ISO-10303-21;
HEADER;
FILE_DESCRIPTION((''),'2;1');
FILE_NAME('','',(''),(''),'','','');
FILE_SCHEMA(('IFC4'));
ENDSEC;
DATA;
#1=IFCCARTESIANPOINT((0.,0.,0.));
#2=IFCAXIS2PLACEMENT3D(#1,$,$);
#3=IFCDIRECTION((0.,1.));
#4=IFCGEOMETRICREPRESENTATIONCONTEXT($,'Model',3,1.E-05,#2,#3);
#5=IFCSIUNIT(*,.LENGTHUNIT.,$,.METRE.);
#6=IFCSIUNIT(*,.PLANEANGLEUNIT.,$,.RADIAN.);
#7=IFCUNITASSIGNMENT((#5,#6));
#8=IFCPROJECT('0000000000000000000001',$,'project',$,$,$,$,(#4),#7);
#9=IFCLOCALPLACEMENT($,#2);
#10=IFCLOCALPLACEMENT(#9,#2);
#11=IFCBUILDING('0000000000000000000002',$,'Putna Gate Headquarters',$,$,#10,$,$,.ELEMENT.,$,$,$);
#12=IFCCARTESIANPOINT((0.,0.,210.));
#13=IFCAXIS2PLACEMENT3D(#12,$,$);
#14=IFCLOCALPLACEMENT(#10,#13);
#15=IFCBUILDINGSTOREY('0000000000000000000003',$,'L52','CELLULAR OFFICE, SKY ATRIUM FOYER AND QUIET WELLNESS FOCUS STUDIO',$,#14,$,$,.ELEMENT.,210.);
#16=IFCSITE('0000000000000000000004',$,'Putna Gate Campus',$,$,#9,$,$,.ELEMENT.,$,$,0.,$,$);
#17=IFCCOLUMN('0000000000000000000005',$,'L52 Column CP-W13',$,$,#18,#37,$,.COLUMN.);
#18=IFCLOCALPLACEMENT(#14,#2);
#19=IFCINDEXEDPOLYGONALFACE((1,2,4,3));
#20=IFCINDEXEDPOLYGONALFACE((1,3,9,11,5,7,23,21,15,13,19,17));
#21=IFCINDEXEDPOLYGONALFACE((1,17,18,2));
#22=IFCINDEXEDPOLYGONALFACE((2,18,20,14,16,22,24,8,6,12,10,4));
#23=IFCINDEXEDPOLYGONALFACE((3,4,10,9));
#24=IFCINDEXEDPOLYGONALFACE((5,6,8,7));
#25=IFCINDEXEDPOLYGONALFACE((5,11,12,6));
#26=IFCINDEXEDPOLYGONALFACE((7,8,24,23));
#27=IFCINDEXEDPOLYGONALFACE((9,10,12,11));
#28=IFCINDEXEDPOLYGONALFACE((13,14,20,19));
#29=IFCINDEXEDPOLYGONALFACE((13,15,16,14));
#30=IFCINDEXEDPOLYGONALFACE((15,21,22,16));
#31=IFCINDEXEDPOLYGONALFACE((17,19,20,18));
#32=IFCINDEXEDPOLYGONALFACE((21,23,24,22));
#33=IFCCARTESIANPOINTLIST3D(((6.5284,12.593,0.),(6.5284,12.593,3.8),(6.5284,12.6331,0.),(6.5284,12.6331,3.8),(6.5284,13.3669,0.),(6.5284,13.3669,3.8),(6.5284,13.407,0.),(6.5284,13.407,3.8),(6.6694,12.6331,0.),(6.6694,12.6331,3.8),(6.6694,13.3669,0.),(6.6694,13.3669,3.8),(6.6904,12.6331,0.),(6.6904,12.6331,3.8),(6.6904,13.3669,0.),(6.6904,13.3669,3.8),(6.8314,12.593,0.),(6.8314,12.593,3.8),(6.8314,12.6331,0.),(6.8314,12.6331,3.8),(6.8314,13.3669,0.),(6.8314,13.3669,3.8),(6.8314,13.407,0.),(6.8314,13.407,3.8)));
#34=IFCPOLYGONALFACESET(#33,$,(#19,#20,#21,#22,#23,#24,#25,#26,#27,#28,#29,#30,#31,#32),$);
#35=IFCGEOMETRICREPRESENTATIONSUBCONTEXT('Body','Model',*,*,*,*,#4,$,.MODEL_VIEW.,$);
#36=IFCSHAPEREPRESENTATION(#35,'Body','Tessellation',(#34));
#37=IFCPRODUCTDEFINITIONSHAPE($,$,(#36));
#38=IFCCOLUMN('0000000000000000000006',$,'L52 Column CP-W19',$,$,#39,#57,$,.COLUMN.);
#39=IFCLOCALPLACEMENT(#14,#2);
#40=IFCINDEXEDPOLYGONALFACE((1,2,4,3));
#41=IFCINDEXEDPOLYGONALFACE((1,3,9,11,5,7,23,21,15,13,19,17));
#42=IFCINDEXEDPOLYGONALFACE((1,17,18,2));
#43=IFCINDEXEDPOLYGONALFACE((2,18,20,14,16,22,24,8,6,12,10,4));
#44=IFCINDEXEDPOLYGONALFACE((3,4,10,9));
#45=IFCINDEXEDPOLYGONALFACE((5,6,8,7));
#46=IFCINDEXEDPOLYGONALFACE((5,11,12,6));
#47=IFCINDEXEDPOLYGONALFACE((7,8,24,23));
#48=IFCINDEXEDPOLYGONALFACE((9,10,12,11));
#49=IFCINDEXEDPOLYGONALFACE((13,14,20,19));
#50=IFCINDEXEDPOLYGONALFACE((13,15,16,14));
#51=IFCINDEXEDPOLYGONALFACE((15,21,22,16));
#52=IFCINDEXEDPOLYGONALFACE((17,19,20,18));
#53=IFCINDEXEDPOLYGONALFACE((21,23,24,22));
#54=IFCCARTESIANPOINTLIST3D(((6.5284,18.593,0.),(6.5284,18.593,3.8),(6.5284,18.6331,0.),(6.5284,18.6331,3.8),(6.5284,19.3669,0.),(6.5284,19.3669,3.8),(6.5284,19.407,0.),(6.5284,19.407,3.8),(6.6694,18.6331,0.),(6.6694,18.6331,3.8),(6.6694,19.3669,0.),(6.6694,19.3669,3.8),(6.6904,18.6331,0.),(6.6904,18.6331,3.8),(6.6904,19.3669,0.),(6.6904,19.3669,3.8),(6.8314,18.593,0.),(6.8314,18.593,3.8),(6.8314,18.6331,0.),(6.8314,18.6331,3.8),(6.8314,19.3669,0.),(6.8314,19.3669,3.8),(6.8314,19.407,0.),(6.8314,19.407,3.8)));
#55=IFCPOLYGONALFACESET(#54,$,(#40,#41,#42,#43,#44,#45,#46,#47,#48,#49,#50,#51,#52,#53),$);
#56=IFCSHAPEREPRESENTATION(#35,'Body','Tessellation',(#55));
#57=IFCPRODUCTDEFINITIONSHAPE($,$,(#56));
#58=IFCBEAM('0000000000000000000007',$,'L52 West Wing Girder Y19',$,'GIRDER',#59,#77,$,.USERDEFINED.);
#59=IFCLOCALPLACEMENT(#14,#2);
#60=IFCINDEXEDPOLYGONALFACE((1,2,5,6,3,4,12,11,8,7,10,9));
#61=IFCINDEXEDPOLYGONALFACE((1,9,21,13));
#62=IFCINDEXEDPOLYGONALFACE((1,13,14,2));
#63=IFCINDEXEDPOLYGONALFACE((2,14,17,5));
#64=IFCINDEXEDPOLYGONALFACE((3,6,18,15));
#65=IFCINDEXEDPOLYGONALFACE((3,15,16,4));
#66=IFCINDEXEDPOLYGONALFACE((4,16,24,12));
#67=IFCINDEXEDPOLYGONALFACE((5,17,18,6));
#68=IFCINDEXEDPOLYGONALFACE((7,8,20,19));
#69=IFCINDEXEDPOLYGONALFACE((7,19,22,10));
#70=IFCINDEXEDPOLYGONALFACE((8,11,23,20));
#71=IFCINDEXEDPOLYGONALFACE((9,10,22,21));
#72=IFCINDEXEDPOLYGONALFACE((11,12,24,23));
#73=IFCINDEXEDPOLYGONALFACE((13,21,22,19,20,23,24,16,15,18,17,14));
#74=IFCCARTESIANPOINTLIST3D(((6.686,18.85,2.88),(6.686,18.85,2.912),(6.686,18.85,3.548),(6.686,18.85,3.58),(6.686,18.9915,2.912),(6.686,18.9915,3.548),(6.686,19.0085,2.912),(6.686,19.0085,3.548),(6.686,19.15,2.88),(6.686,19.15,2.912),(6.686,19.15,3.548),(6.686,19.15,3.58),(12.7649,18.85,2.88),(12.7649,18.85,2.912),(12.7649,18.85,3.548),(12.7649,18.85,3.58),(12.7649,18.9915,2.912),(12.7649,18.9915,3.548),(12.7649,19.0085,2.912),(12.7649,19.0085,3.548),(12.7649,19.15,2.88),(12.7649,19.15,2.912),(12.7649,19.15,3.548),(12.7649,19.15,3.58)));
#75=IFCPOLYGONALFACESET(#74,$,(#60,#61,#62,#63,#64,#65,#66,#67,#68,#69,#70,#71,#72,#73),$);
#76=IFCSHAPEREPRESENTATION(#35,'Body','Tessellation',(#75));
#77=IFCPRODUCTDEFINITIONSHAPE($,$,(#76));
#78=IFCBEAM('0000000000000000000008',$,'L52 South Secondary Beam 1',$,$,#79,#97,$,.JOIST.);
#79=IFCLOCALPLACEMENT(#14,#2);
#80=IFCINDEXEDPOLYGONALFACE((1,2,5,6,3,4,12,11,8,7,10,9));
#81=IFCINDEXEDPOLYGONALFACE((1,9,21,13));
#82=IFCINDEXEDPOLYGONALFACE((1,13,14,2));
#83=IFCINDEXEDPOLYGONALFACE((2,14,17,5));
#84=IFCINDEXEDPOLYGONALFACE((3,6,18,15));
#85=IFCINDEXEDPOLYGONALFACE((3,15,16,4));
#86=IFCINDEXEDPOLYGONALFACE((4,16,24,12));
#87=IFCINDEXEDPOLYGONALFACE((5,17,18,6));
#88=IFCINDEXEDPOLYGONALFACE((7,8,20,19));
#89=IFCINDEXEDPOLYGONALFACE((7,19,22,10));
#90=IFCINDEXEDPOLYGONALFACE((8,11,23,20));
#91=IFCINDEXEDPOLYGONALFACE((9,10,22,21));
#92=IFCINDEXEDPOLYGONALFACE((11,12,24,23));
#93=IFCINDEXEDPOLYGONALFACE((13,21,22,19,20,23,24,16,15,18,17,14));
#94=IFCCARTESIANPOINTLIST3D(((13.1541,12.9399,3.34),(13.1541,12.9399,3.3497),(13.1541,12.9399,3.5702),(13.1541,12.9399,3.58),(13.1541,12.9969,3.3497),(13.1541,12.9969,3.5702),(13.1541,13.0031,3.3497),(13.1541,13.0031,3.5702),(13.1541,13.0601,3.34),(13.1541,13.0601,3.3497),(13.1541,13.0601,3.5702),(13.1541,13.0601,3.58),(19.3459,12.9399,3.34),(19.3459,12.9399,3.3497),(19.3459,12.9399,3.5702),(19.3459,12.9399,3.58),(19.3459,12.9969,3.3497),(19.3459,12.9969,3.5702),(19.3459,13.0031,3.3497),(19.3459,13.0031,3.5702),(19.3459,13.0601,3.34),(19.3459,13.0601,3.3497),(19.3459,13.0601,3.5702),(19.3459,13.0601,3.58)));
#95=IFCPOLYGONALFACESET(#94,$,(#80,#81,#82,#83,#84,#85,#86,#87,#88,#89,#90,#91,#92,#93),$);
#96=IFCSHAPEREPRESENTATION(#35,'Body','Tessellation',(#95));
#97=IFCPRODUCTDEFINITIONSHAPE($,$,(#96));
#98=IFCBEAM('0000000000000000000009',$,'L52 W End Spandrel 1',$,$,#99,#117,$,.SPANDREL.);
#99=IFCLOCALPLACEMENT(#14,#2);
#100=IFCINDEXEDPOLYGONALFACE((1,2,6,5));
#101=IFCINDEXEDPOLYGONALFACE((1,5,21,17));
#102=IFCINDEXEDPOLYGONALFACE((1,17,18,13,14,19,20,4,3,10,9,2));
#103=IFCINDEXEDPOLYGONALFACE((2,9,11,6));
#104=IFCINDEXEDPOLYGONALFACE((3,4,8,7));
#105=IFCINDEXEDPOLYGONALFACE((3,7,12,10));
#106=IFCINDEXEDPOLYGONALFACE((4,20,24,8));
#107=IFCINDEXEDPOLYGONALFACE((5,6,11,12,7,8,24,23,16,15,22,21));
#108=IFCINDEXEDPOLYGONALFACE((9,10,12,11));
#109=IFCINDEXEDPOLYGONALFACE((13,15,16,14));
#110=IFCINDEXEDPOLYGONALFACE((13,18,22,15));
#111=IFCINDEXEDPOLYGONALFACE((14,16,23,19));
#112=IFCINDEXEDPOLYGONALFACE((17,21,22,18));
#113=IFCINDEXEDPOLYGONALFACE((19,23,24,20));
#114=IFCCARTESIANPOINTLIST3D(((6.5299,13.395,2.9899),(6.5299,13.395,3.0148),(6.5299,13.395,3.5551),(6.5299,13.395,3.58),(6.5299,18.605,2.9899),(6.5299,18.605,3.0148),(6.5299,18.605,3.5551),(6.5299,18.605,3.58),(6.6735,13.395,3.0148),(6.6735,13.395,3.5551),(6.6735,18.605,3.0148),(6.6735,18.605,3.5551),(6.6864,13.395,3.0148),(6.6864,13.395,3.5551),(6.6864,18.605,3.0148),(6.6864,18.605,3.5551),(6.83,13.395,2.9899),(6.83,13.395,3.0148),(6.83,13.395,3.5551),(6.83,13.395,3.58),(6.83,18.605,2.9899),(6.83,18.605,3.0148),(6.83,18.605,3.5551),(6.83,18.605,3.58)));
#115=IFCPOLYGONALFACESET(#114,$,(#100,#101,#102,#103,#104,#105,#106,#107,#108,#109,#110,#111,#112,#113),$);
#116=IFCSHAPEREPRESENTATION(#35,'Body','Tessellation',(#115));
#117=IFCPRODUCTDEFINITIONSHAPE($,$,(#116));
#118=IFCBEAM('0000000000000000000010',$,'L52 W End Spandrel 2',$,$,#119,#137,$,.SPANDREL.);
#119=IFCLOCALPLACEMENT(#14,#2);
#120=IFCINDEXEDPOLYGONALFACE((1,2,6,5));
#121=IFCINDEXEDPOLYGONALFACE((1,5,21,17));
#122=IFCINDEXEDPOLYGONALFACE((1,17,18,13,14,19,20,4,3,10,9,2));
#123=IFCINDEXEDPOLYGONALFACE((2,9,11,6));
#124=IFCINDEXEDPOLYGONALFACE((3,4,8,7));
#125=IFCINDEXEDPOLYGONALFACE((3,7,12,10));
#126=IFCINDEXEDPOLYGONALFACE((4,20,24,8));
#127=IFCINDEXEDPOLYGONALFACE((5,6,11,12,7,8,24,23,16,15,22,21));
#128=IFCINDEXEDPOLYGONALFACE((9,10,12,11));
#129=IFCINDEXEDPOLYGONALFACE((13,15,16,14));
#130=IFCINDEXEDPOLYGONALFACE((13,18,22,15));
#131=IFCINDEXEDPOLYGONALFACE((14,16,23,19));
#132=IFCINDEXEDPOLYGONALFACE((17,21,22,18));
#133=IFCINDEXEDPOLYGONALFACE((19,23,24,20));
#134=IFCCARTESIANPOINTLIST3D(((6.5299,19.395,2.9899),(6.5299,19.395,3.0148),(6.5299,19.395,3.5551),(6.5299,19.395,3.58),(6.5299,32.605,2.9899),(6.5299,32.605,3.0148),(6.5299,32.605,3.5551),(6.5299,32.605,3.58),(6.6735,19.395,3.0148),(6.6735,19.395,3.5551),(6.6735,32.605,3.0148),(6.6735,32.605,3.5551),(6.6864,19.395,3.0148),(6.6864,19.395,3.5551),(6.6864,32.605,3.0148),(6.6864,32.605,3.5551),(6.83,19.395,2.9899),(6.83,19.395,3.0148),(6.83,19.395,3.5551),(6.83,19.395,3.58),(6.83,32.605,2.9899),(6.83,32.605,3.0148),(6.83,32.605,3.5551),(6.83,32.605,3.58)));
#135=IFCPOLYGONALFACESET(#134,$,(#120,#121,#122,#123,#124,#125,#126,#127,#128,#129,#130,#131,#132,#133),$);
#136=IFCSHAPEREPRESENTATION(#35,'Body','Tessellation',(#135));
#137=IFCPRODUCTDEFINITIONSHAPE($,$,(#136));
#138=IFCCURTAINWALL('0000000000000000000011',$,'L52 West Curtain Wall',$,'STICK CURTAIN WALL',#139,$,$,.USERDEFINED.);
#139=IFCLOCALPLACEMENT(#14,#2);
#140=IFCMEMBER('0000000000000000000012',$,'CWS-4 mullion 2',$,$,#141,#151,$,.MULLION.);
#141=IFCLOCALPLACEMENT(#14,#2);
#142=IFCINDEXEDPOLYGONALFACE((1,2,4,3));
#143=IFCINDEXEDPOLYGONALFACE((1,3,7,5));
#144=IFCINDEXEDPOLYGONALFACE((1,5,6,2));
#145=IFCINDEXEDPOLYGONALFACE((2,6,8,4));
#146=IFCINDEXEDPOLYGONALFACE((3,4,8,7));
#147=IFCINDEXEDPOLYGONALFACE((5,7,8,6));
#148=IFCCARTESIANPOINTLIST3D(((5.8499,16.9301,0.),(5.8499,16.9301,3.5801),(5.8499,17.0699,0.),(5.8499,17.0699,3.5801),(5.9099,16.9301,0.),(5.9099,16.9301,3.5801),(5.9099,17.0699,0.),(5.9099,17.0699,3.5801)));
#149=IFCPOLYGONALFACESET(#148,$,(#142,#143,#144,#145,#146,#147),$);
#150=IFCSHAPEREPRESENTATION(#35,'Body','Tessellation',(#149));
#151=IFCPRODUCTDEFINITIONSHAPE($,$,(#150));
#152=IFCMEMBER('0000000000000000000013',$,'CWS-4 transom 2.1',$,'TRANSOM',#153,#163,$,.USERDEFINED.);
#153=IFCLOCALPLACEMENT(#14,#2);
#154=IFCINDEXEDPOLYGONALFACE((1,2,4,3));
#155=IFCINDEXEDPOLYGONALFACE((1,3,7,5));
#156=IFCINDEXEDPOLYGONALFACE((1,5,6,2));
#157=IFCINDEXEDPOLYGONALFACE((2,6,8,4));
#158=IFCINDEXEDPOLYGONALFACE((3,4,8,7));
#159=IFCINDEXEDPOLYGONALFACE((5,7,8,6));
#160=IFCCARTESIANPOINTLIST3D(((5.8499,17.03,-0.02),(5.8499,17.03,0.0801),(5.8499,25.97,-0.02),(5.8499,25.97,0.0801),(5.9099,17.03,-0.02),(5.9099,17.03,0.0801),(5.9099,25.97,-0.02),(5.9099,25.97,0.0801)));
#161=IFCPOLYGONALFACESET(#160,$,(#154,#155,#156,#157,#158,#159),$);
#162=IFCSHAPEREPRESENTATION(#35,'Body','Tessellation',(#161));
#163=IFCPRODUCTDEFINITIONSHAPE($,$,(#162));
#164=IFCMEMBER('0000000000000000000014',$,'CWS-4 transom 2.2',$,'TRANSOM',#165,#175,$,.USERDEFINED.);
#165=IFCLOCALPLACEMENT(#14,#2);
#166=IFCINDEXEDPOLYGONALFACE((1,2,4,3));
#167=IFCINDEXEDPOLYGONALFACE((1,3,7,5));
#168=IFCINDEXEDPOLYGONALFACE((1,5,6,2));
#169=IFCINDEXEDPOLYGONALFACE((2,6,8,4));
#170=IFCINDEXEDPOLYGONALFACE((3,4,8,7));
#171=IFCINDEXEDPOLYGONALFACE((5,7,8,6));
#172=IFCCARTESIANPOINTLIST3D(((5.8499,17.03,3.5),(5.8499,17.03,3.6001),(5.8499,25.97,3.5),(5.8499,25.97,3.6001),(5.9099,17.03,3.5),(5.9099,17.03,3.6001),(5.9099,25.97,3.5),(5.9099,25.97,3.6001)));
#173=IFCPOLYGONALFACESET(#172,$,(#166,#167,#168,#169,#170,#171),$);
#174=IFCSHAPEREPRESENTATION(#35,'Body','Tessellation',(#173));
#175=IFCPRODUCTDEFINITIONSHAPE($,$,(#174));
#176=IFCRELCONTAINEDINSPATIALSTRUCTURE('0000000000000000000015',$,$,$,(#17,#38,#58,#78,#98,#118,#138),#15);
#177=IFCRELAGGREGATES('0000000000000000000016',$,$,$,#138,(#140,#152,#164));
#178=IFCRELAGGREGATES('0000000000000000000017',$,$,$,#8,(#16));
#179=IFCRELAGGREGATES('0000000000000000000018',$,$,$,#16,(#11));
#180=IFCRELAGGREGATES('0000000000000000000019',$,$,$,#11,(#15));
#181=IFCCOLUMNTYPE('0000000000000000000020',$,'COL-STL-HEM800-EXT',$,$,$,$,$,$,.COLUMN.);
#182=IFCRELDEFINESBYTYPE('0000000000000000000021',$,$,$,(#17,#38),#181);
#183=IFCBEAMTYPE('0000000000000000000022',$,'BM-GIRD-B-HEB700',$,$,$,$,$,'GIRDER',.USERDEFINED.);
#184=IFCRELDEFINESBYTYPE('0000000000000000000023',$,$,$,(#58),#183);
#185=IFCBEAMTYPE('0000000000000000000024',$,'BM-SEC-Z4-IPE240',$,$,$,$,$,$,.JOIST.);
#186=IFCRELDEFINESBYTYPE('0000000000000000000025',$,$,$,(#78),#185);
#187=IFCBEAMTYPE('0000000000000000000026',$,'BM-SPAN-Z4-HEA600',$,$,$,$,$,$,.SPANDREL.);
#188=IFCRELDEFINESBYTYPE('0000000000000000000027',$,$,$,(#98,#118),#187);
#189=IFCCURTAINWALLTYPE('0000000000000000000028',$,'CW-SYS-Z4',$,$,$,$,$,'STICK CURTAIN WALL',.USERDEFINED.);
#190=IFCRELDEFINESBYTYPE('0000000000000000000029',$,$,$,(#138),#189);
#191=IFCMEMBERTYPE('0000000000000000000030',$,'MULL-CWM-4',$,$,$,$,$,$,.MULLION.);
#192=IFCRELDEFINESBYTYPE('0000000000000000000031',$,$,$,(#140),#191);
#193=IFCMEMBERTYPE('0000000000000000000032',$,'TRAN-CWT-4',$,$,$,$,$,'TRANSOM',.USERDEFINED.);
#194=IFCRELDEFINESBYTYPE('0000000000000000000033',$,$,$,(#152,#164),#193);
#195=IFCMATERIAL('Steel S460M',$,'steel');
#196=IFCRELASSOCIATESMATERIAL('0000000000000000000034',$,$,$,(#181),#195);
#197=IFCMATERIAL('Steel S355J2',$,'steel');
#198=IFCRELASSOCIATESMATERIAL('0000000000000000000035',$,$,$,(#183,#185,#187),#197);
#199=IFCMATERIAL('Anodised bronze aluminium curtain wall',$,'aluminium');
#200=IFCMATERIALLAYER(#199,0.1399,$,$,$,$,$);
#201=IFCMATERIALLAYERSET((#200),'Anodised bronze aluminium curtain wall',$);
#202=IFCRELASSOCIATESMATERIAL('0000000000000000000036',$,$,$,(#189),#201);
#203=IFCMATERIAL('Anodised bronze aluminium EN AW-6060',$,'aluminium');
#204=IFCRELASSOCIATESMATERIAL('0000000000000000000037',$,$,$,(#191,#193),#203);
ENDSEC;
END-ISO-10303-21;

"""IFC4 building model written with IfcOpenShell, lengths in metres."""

from ifc_helpers import new_model, si_unit, direction, frame, origin, origin_2d, place, context, subcontext, project, spatial, rectangle, i_section, extrude, material, layer, layer_set, material_profile, profile_set, type_object, element, aggregate, save


model = new_model("IFC4")

# Units and contexts
model_context = context("Model", 3, precision=1e-05, world=origin(), true_north=direction((0.0, 1.0)))
body_context = subcontext(model_context, "Body", "Model", "MODEL_VIEW")
ifc_project = project(units=[si_unit("LENGTHUNIT", "METRE"), si_unit("PLANEANGLEUNIT", "RADIAN")], contexts=[model_context])

# Site, building, storey
site_placement = place(None, origin())
site = spatial("IfcSite", under=ifc_project, at=site_placement, Name="Putna Gate Campus", CompositionType="ELEMENT", RefElevation=0.0)
building_placement = place(site_placement, origin())
building = spatial("IfcBuilding", under=site, at=building_placement, Name="Putna Gate Headquarters", CompositionType="ELEMENT")
storey_placement = place(building_placement, frame((0.0, 0.0, 210.0)))
storey = spatial("IfcBuildingStorey", under=building, at=storey_placement, Name="L52", Description="CELLULAR OFFICE, SKY ATRIUM FOYER AND QUIET WELLNESS FOCUS STUDIO", CompositionType="ELEMENT", Elevation=210.0)

# Columns
ifc_material_1 = material(Name="Steel S460M", Category="steel")
ifc_material_profile_1 = material_profile(ifc_material_1, i_section(OverallWidth=0.303, OverallDepth=0.814, WebThickness=0.021, FlangeThickness=0.04, at=origin_2d()), Name="Steel S460M")
ifc_profile_set_1 = profile_set([ifc_material_profile_1], Name="Steel S460M")
column_type = type_object("IfcColumnType", Name="COL-STL-HEM800-EXT", PredefinedType="COLUMN", material=ifc_profile_set_1)
for number, where, z_axis, x_axis, name in (
    (1, (6.6799, 13.0, 0.0), (0.0, 0.0, 1.0), (1.0, 0.0, 0.0), "L52 Column CP-W13"),
    (2, (6.6799, 19.0, 0.0), (0.0, 0.0, 1.0), (1.0, 0.0, 0.0), "L52 Column CP-W19"),
):
    element("IfcColumn", number, at=place(storey_placement, frame(where, z_axis=z_axis, x_axis=x_axis)), inside=storey, type_object=column_type, Name=name, PredefinedType="COLUMN", context=body_context, shape_type="SweptSolid", body=[
        extrude(i_section(OverallWidth=0.303, OverallDepth=0.814, WebThickness=0.021, FlangeThickness=0.04, at=origin_2d()), origin(), (0.0, 0.0, 1.0), 3.8),
    ])

# Beams
ifc_material_2 = material(Name="Steel S355J2", Category="steel")
ifc_material_profile_2 = material_profile(ifc_material_2, i_section(OverallWidth=0.3, OverallDepth=0.7, WebThickness=0.0171, FlangeThickness=0.032, at=origin_2d()), Name="Steel S355J2")
ifc_profile_set_2 = profile_set([ifc_material_profile_2], Name="Steel S355J2")
beam_type_1 = type_object("IfcBeamType", Name="BM-GIRD-B-HEB700", ElementType="GIRDER", PredefinedType="USERDEFINED", material=ifc_profile_set_2)
beam_1_placement = place(storey_placement, frame((6.686, 19.0, 3.23), z_axis=(1.0, 0.0, 0.0), x_axis=(0.0, 1.0, 0.0)))
element("IfcBeam", 3, at=beam_1_placement, inside=storey, type_object=beam_type_1, Name="L52 West Wing Girder Y19", ObjectType="GIRDER", PredefinedType="USERDEFINED", context=body_context, shape_type="SweptSolid", body=[
    extrude(i_section(OverallWidth=0.3, OverallDepth=0.7, WebThickness=0.0171, FlangeThickness=0.032, at=origin_2d()), origin(), (0.0, 0.0, 1.0), 6.0789),
])
ifc_material_profile_3 = material_profile(ifc_material_2, i_section(OverallWidth=0.1201, OverallDepth=0.24, WebThickness=0.0061, FlangeThickness=0.0098, at=origin_2d()), Name="Steel S355J2")
ifc_profile_set_3 = profile_set([ifc_material_profile_3], Name="Steel S355J2")
beam_type_2 = type_object("IfcBeamType", Name="BM-SEC-Z4-IPE240", PredefinedType="JOIST", material=ifc_profile_set_3)
beam_2_placement = place(storey_placement, frame((13.1541, 13.0, 3.46), z_axis=(1.0, 0.0, 0.0), x_axis=(0.0, 1.0, 0.0)))
element("IfcBeam", 4, at=beam_2_placement, inside=storey, type_object=beam_type_2, Name="L52 South Secondary Beam 1", PredefinedType="JOIST", context=body_context, shape_type="SweptSolid", body=[
    extrude(i_section(OverallWidth=0.1201, OverallDepth=0.24, WebThickness=0.0061, FlangeThickness=0.0098, at=origin_2d()), origin(), (0.0, 0.0, 1.0), 6.1919),
])
ifc_material_profile_4 = material_profile(ifc_material_2, i_section(OverallWidth=0.3, OverallDepth=0.5901, WebThickness=0.0129, FlangeThickness=0.0249, at=origin_2d()), Name="Steel S355J2")
ifc_profile_set_4 = profile_set([ifc_material_profile_4], Name="Steel S355J2")
beam_type_3 = type_object("IfcBeamType", Name="BM-SPAN-Z4-HEA600", PredefinedType="SPANDREL", material=ifc_profile_set_4)
beam_3_placement = place(storey_placement, frame((6.6799, 13.395, 3.2849), z_axis=(0.0, 1.0, 0.0), x_axis=(-1.0, 0.0, 0.0)))
element("IfcBeam", 5, at=beam_3_placement, inside=storey, type_object=beam_type_3, Name="L52 W End Spandrel 1", PredefinedType="SPANDREL", context=body_context, shape_type="SweptSolid", body=[
    extrude(i_section(OverallWidth=0.3, OverallDepth=0.5901, WebThickness=0.0129, FlangeThickness=0.0249, at=origin_2d()), origin(), (0.0, 0.0, 1.0), 5.21),
])
beam_4_placement = place(storey_placement, frame((6.6799, 19.395, 3.2849), z_axis=(0.0, 1.0, 0.0), x_axis=(-1.0, 0.0, 0.0)))
element("IfcBeam", 6, at=beam_4_placement, inside=storey, type_object=beam_type_3, Name="L52 W End Spandrel 2", PredefinedType="SPANDREL", context=body_context, shape_type="SweptSolid", body=[
    extrude(i_section(OverallWidth=0.3, OverallDepth=0.5901, WebThickness=0.0129, FlangeThickness=0.0249, at=origin_2d()), origin(), (0.0, 0.0, 1.0), 13.21),
])

# Curtain wall, members
ifc_material_3 = material(Name="Anodised bronze aluminium curtain wall", Category="aluminium")
ifc_layer_1 = layer(ifc_material_3, 0.1399)
ifc_layer_set_1 = layer_set([ifc_layer_1], Name="Anodised bronze aluminium curtain wall")
curtain_wall_type = type_object("IfcCurtainWallType", Name="CW-SYS-Z4", ElementType="STICK CURTAIN WALL", PredefinedType="USERDEFINED", material=ifc_layer_set_1)
curtain_wall_placement = place(storey_placement, origin())
curtain_wall = element("IfcCurtainWall", 7, at=curtain_wall_placement, inside=storey, type_object=curtain_wall_type, Name="L52 West Curtain Wall", ObjectType="STICK CURTAIN WALL", PredefinedType="USERDEFINED")
ifc_material_4 = material(Name="Anodised bronze aluminium EN AW-6060", Category="aluminium")
ifc_material_profile_5 = material_profile(ifc_material_4, rectangle(XDim=0.0601, YDim=0.1399, at=origin_2d()), Name="Anodised bronze aluminium EN AW-6060")
ifc_profile_set_5 = profile_set([ifc_material_profile_5], Name="Anodised bronze aluminium EN AW-6060")
member_type_1 = type_object("IfcMemberType", Name="MULL-CWM-4", PredefinedType="MULLION", material=ifc_profile_set_5)
member_1_placement = place(storey_placement, frame((5.8799, 17.0, 0.0), z_axis=(0.0, 0.0, 1.0), x_axis=(-1.0, 0.0, 0.0)))
member_1 = element("IfcMember", 8, at=member_1_placement, type_object=member_type_1, Name="CWS-4 mullion 2", PredefinedType="MULLION", context=body_context, shape_type="SweptSolid", body=[
    extrude(rectangle(XDim=0.0601, YDim=0.1399, at=origin_2d()), origin(), (0.0, 0.0, 1.0), 3.5801),
])
ifc_material_profile_6 = material_profile(ifc_material_4, rectangle(XDim=0.0601, YDim=0.1001, at=origin_2d()), Name="Anodised bronze aluminium EN AW-6060")
ifc_profile_set_6 = profile_set([ifc_material_profile_6], Name="Anodised bronze aluminium EN AW-6060")
member_type_2 = type_object("IfcMemberType", Name="TRAN-CWT-4", ElementType="TRANSOM", PredefinedType="USERDEFINED", material=ifc_profile_set_6)
member_2_placement = place(storey_placement, frame((5.8799, 17.03, 0.03), z_axis=(0.0, 1.0, 0.0), x_axis=(-1.0, 0.0, 0.0)))
member_2 = element("IfcMember", 9, at=member_2_placement, type_object=member_type_2, Name="CWS-4 transom 2.1", ObjectType="TRANSOM", PredefinedType="USERDEFINED", context=body_context, shape_type="SweptSolid", body=[
    extrude(rectangle(XDim=0.0601, YDim=0.1001, at=origin_2d()), origin(), (0.0, 0.0, 1.0), 8.9399),
])
member_3_placement = place(storey_placement, frame((5.8799, 17.03, 3.55), z_axis=(0.0, 1.0, 0.0), x_axis=(-1.0, 0.0, 0.0)))
member_3 = element("IfcMember", 10, at=member_3_placement, type_object=member_type_2, Name="CWS-4 transom 2.2", ObjectType="TRANSOM", PredefinedType="USERDEFINED", context=body_context, shape_type="SweptSolid", body=[
    extrude(rectangle(XDim=0.0601, YDim=0.1001, at=origin_2d()), origin(), (0.0, 0.0, 1.0), 8.9399),
])
aggregate(curtain_wall, [member_1, member_2, member_3])

save(model, "model.ifc")
